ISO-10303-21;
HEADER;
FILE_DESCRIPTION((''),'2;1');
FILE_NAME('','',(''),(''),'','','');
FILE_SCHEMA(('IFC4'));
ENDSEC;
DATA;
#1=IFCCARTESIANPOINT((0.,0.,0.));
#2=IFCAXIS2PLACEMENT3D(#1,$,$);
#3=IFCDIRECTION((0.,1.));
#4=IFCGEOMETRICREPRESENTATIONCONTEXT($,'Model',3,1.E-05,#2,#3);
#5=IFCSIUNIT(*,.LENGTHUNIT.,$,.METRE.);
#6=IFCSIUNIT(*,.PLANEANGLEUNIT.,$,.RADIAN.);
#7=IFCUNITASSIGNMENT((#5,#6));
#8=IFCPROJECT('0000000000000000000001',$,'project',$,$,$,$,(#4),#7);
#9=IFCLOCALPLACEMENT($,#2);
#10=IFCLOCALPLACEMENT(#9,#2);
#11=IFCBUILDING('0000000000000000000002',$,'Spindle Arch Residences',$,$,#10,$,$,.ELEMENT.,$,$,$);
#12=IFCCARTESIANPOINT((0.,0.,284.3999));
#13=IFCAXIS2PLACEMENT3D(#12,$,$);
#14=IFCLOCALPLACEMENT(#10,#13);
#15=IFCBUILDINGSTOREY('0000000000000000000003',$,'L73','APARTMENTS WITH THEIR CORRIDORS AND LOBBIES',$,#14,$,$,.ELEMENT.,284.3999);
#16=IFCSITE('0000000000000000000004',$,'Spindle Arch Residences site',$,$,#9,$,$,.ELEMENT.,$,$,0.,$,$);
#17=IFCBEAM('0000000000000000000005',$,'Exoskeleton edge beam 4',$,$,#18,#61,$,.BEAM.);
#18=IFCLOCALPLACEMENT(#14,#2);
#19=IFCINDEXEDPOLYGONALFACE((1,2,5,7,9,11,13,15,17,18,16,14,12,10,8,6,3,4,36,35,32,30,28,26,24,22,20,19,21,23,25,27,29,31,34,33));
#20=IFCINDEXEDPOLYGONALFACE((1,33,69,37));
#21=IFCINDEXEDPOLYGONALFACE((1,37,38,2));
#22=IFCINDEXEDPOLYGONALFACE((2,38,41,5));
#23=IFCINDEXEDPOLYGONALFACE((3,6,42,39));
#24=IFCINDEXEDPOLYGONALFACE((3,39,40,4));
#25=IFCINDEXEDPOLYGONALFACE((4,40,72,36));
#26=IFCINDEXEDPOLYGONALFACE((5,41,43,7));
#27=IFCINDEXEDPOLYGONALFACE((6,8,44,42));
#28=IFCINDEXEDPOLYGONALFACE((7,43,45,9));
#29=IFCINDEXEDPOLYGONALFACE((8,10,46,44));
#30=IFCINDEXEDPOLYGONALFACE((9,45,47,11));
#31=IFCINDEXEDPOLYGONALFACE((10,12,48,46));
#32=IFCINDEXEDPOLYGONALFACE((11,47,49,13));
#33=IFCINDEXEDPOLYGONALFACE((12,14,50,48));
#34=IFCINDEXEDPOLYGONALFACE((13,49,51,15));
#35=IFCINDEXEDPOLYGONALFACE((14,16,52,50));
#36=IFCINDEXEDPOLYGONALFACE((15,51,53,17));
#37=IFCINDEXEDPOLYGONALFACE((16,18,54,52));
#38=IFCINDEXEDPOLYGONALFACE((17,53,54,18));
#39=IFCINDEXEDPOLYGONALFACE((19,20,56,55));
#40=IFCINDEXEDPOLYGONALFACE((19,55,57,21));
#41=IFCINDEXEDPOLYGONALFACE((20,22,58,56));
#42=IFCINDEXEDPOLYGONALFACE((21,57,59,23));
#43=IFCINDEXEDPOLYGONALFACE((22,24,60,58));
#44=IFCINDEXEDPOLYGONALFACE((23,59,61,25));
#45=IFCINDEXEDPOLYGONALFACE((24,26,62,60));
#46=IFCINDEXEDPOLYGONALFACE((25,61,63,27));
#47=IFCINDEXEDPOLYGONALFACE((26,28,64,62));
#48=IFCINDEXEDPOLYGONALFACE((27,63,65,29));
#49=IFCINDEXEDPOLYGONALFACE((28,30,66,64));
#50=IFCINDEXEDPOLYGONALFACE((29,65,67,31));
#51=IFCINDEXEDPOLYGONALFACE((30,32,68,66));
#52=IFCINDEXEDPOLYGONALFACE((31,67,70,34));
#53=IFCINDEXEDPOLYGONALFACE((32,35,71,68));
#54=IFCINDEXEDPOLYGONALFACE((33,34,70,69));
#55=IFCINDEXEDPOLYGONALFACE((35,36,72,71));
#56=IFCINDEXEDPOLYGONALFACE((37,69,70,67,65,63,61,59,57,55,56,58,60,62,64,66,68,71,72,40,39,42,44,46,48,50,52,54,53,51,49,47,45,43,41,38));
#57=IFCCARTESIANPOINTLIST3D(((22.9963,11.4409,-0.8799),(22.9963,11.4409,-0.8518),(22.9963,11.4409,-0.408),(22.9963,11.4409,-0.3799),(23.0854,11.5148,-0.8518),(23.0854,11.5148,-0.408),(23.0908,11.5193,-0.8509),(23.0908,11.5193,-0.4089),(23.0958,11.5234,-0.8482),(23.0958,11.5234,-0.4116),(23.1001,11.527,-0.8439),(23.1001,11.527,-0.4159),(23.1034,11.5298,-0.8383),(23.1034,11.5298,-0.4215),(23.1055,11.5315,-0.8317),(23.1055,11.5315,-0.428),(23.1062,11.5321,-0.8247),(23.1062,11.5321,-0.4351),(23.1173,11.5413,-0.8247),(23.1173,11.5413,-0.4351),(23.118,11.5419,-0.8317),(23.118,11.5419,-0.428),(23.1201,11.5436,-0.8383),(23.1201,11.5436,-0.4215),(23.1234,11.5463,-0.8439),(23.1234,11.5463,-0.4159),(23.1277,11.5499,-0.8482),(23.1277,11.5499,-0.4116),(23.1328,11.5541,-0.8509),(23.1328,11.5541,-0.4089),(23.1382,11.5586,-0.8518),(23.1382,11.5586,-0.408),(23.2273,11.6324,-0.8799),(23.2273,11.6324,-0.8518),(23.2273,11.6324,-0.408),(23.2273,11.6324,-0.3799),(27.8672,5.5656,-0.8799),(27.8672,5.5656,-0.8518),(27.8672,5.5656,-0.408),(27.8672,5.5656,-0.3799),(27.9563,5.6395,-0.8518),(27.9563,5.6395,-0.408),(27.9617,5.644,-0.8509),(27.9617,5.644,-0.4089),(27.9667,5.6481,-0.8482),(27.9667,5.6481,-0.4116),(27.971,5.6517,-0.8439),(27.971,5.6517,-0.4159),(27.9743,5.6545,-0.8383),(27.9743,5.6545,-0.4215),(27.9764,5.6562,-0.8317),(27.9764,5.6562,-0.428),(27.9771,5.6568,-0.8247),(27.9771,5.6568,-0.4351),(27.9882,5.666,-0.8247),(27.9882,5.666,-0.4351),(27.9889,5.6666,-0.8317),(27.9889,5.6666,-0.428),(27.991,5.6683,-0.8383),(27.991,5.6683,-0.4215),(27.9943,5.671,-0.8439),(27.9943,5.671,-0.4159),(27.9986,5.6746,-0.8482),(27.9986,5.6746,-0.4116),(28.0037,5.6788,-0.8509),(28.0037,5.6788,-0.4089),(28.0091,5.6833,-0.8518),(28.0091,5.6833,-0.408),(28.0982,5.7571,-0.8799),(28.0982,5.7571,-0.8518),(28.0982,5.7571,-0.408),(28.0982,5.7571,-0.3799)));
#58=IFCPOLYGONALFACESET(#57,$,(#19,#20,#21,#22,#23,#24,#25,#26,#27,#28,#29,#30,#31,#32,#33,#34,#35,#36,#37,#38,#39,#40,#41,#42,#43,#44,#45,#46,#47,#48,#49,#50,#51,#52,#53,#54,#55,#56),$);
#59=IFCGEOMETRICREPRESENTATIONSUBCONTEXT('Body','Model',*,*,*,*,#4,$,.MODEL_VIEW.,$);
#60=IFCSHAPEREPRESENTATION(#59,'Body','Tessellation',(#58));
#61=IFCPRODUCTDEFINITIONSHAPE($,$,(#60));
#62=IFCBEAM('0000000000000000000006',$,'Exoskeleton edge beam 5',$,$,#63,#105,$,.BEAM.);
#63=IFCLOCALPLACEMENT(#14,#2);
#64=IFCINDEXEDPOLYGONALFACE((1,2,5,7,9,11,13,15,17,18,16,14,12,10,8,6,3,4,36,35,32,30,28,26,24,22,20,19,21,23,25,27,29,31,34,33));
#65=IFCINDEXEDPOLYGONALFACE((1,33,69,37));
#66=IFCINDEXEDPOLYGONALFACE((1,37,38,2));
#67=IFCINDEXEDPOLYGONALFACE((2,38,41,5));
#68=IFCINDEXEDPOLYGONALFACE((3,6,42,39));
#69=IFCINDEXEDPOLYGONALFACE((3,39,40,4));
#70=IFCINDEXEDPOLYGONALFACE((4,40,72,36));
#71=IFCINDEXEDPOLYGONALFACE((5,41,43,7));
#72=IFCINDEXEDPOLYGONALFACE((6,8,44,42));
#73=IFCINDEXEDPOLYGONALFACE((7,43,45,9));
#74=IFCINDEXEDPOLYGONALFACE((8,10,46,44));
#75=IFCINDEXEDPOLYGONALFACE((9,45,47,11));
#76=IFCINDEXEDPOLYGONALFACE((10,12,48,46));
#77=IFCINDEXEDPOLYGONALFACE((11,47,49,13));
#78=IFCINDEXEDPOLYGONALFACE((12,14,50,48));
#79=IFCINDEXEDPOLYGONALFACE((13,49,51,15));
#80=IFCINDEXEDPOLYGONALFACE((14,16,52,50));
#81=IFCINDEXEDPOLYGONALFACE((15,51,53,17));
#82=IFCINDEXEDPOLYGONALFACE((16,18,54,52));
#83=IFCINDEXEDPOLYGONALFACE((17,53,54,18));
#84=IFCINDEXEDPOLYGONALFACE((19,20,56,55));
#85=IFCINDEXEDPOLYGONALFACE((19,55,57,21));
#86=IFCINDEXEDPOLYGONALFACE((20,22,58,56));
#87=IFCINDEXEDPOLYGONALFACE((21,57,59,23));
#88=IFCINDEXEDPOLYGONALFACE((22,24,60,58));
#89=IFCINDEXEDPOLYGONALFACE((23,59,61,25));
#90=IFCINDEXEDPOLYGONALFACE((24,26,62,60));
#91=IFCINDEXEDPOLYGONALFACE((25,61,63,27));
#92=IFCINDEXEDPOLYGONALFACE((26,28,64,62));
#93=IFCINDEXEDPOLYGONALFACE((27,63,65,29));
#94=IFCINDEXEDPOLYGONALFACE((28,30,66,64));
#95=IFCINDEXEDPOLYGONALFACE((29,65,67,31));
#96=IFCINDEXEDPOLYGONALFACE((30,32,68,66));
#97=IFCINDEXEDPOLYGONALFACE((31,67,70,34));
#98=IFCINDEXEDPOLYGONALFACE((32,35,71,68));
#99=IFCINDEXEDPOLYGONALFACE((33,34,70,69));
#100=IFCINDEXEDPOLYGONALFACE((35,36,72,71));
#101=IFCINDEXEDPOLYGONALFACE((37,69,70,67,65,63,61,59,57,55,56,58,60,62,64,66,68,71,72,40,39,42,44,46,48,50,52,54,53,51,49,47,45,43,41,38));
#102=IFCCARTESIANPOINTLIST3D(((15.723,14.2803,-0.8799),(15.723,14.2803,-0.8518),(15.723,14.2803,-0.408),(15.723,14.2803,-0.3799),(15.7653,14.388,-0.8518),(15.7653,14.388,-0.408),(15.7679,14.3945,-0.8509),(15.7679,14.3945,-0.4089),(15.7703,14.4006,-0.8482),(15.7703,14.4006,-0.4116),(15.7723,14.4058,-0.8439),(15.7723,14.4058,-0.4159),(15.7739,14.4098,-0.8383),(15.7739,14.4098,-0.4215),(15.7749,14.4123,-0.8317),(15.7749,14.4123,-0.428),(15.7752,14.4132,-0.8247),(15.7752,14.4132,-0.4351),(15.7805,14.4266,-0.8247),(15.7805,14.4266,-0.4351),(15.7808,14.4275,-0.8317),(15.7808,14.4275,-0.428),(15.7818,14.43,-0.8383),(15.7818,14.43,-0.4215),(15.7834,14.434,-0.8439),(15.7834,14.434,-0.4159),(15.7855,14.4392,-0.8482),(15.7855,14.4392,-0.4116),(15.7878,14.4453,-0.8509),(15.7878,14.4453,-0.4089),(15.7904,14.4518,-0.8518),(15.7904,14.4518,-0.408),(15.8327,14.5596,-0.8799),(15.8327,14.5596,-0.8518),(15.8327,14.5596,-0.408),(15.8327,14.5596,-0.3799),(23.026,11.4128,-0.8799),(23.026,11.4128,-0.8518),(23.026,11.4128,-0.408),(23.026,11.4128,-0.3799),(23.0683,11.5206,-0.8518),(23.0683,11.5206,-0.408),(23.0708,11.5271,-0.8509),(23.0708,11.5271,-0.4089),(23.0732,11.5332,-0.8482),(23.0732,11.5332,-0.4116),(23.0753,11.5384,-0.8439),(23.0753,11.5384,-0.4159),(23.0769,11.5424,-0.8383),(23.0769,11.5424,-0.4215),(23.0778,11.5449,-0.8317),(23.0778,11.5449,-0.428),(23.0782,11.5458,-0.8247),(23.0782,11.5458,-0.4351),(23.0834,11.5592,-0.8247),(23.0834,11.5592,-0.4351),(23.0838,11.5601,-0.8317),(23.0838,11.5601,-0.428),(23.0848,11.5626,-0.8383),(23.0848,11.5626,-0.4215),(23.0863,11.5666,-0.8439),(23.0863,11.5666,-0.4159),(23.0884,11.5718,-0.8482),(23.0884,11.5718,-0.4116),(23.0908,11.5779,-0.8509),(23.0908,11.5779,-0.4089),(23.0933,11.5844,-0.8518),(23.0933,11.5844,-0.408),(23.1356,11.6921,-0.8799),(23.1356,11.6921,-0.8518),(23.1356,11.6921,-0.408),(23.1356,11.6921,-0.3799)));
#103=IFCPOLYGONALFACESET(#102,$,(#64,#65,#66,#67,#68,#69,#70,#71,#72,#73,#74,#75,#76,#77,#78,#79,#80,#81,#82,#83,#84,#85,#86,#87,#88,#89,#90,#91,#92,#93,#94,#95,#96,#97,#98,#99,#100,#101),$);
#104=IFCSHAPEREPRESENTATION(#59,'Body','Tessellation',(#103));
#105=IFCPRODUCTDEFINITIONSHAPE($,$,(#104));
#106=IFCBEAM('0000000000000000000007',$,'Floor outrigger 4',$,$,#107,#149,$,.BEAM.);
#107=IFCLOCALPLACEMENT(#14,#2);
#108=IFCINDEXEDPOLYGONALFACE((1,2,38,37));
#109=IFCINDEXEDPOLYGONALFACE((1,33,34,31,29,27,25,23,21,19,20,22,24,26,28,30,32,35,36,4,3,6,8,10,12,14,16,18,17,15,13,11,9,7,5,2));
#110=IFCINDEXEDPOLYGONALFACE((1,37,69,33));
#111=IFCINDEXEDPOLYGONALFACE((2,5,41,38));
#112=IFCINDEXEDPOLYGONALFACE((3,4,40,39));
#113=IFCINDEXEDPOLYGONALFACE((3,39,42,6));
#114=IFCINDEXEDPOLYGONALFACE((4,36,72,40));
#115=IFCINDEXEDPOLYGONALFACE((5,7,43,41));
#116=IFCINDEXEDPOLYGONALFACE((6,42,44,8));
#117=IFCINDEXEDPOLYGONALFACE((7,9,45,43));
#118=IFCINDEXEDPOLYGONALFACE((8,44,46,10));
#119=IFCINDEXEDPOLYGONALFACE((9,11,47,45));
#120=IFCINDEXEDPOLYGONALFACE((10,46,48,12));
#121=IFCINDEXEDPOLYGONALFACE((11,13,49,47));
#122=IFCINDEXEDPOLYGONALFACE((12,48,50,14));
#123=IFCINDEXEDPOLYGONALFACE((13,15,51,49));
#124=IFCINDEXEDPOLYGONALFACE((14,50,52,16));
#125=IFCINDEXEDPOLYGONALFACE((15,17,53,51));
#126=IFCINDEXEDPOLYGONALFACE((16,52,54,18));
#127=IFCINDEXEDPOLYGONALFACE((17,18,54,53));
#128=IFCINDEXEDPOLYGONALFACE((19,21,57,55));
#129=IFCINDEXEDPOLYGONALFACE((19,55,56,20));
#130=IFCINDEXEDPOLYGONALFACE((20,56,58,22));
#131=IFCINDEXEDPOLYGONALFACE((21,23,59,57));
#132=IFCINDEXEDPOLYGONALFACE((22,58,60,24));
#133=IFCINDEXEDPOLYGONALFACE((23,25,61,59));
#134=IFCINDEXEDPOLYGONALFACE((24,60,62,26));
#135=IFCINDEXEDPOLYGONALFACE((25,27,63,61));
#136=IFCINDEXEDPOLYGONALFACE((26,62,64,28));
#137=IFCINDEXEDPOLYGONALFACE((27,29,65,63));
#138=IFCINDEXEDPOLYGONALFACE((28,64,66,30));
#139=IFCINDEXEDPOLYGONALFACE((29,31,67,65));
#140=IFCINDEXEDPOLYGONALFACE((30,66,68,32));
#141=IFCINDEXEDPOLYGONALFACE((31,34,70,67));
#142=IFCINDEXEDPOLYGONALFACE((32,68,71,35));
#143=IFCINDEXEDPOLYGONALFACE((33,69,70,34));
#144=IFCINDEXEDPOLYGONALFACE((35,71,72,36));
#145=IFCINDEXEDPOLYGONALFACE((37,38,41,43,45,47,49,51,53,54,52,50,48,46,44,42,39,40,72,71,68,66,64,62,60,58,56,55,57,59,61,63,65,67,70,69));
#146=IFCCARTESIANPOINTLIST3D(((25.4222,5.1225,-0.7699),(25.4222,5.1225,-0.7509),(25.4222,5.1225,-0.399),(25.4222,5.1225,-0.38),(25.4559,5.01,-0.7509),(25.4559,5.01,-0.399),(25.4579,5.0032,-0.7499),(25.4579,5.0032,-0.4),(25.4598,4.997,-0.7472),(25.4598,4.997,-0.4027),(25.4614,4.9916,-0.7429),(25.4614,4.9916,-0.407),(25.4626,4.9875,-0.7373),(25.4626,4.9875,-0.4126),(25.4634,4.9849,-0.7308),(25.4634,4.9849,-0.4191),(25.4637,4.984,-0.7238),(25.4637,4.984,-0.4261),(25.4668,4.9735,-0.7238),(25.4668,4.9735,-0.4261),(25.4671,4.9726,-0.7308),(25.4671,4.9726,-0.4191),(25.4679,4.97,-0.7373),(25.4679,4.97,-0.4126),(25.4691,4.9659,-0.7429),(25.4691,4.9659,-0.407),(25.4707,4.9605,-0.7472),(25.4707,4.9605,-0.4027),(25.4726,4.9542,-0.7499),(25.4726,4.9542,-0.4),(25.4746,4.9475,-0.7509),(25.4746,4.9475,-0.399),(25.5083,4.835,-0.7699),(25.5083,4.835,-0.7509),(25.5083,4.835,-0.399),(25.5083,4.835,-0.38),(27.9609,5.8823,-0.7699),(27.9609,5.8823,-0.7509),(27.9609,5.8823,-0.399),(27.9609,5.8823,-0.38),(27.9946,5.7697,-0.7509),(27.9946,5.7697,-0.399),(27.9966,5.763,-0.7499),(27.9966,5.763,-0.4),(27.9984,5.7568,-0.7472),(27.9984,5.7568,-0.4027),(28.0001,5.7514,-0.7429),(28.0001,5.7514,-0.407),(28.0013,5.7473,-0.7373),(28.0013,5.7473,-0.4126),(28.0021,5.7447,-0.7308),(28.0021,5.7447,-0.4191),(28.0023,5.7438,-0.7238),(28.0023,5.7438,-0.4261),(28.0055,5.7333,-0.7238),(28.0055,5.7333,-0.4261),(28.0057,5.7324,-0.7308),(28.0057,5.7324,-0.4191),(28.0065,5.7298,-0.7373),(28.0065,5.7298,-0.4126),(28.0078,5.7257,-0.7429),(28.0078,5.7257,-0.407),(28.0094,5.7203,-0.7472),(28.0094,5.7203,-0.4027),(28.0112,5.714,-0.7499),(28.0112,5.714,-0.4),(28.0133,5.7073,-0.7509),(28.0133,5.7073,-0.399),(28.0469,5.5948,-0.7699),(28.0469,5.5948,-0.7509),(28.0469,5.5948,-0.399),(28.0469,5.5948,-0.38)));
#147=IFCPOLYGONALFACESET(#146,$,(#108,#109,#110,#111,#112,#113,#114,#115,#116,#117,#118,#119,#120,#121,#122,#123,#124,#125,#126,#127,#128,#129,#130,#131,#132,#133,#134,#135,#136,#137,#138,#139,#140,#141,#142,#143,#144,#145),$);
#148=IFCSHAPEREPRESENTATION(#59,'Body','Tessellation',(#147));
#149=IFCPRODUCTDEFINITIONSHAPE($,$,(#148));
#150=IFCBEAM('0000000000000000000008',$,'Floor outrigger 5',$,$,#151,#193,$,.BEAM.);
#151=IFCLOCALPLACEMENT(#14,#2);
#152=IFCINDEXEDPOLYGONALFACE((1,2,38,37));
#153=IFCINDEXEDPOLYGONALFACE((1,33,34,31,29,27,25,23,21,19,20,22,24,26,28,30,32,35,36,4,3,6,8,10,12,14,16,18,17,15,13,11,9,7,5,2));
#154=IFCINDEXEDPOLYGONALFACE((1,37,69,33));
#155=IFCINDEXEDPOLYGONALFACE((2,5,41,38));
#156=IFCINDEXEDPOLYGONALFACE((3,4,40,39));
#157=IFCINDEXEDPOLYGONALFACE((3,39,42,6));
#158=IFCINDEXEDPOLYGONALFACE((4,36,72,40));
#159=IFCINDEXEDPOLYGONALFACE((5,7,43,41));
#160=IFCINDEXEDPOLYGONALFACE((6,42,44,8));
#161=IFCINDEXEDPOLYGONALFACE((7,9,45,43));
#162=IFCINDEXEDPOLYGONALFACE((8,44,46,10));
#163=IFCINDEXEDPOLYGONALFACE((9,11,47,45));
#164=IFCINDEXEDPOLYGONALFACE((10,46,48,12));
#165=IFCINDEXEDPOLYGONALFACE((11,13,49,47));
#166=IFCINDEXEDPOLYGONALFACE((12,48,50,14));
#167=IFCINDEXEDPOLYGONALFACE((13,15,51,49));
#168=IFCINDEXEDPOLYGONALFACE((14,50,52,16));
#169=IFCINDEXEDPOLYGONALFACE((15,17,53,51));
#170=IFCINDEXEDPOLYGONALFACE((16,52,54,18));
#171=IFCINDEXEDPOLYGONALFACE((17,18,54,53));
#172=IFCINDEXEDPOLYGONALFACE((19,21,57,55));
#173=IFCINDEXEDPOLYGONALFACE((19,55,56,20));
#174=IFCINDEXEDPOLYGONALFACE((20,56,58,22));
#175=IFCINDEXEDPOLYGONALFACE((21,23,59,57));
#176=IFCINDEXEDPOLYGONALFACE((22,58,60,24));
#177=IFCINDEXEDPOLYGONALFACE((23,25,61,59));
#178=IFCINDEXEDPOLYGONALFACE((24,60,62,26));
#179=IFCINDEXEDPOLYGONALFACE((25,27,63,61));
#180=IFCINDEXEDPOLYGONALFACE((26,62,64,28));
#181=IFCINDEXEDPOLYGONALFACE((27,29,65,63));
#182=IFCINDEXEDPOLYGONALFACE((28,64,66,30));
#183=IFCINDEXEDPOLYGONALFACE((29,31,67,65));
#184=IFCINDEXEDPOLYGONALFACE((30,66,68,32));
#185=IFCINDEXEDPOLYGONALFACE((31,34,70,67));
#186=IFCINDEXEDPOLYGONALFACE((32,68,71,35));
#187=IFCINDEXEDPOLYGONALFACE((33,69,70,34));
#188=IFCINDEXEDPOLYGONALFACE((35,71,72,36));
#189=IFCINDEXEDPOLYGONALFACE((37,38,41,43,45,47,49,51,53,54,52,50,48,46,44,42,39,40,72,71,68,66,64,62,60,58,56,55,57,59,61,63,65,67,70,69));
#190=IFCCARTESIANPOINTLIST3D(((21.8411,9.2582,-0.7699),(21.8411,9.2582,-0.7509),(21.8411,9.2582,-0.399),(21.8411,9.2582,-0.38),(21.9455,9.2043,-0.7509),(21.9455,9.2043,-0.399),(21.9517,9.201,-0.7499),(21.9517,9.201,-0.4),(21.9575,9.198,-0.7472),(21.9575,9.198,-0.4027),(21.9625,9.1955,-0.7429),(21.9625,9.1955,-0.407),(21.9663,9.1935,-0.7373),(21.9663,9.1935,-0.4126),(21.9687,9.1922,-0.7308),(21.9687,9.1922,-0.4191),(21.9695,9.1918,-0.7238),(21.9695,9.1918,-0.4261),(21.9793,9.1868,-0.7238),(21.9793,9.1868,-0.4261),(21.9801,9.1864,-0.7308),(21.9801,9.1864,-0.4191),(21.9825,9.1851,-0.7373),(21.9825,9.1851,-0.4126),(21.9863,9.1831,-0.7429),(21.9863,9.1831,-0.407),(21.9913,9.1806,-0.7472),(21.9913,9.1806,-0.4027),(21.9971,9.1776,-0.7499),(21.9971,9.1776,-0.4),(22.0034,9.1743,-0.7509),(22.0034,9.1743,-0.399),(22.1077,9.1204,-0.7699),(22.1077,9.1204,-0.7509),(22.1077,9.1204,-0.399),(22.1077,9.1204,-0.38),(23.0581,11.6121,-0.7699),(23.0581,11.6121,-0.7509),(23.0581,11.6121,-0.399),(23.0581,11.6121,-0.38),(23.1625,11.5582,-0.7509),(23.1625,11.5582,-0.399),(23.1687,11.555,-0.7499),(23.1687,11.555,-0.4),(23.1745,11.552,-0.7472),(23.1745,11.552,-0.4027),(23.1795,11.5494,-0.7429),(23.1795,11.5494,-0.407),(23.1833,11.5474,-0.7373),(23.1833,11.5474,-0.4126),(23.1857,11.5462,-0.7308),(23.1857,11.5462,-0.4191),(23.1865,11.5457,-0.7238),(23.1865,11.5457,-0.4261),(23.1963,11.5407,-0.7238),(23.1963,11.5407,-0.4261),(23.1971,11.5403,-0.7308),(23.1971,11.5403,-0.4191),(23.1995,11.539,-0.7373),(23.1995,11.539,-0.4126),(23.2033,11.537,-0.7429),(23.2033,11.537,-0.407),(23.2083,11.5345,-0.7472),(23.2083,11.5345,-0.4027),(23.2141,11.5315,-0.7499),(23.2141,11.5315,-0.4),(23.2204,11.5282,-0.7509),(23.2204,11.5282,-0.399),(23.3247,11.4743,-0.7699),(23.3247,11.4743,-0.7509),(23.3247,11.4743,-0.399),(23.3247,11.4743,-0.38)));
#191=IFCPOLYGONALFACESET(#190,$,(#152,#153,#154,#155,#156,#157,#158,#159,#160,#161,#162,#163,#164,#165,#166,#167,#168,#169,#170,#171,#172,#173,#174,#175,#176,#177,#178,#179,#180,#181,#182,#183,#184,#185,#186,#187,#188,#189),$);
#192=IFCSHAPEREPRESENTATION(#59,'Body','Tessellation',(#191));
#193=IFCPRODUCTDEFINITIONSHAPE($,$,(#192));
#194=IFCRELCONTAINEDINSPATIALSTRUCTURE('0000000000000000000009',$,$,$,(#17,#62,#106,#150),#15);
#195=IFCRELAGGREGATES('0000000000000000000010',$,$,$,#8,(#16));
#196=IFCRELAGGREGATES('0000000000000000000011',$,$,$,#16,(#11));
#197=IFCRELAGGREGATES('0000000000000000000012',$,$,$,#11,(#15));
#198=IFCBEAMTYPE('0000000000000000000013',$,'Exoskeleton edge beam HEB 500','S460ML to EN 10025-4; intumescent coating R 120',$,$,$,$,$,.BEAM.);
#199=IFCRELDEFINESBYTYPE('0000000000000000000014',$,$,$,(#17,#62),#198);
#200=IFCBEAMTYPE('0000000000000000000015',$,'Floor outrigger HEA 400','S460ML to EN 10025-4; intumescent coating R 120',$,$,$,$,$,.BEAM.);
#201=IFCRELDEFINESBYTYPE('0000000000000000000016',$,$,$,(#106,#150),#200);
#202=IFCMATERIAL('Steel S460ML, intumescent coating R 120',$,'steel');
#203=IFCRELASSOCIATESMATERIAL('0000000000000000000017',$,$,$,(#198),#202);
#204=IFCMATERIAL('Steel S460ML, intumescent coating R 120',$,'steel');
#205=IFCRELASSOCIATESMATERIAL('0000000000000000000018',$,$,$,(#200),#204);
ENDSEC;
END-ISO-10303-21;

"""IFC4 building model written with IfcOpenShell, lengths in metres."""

from ifc_helpers import new_model, si_unit, direction, frame, origin, origin_2d, place, context, subcontext, project, spatial, i_section, extrude, material, material_profile, profile_set, type_object, element, save


model = new_model("IFC4")

# Units and contexts
model_context = context("Model", 3, precision=1e-05, world=origin(), true_north=direction((0.0, 1.0)))
body_context = subcontext(model_context, "Body", "Model", "MODEL_VIEW")
ifc_project = project(units=[si_unit("LENGTHUNIT", "METRE"), si_unit("PLANEANGLEUNIT", "RADIAN")], contexts=[model_context])

# Site, building, storey
site_placement = place(None, origin())
site = spatial("IfcSite", under=ifc_project, at=site_placement, Name="Spindle Arch Residences site", CompositionType="ELEMENT", RefElevation=0.0)
building_placement = place(site_placement, origin())
building = spatial("IfcBuilding", under=site, at=building_placement, Name="Spindle Arch Residences", CompositionType="ELEMENT")
storey_placement = place(building_placement, frame((0.0, 0.0, 284.3999)))
storey = spatial("IfcBuildingStorey", under=building, at=storey_placement, Name="L73", Description="APARTMENTS WITH THEIR CORRIDORS AND LOBBIES", CompositionType="ELEMENT", Elevation=284.3999)

# Beams
ifc_material_1 = material(Name="Steel S460ML, intumescent coating R 120", Category="steel")
ifc_material_profile_1 = material_profile(ifc_material_1, i_section(OverallWidth=0.3, OverallDepth=0.5, WebThickness=0.0144, FlangeThickness=0.0281, FilletRadius=0.0271, at=origin_2d()), Name="HEB 500")
ifc_profile_set_1 = profile_set([ifc_material_profile_1], Name="Steel S460ML, intumescent coating R 120")
beam_type_1 = type_object("IfcBeamType", Name="Exoskeleton edge beam HEB 500", Description="S460ML to EN 10025-4; intumescent coating R 120", PredefinedType="BEAM", material=ifc_profile_set_1)
beam_1_placement = place(storey_placement, frame((27.9827, 5.6614, -0.6299), z_axis=(-0.638235, 0.769842, 0.0), x_axis=(-0.769842, -0.638235, 0.0)))
element("IfcBeam", 1, at=beam_1_placement, inside=storey, type_object=beam_type_1, Name="Exoskeleton edge beam 4", PredefinedType="BEAM", context=body_context, shape_type="SweptSolid", body=[
    extrude(i_section(OverallWidth=0.3, OverallDepth=0.5, WebThickness=0.0144, FlangeThickness=0.0281, FilletRadius=0.0271, at=origin_2d()), origin(), (0.0, 0.0, 1.0), 7.6318),
])
beam_2_placement = place(storey_placement, frame((23.0808, 11.5525, -0.6299), z_axis=(-0.930821, 0.365476, 0.0), x_axis=(-0.365476, -0.930821, 0.0)))
element("IfcBeam", 2, at=beam_2_placement, inside=storey, type_object=beam_type_1, Name="Exoskeleton edge beam 5", PredefinedType="BEAM", context=body_context, shape_type="SweptSolid", body=[
    extrude(i_section(OverallWidth=0.3, OverallDepth=0.5, WebThickness=0.0144, FlangeThickness=0.0281, FilletRadius=0.0271, at=origin_2d()), origin(), (0.0, 0.0, 1.0), 7.8457),
])
ifc_material_2 = material(Name="Steel S460ML, intumescent coating R 120", Category="steel")
ifc_material_profile_2 = material_profile(ifc_material_2, i_section(OverallWidth=0.3, OverallDepth=0.3899, WebThickness=0.011, FlangeThickness=0.019, FilletRadius=0.0271, at=origin_2d()), Name="HEA 400")
ifc_profile_set_2 = profile_set([ifc_material_profile_2], Name="Steel S460ML, intumescent coating R 120")
beam_type_2 = type_object("IfcBeamType", Name="Floor outrigger HEA 400", Description="S460ML to EN 10025-4; intumescent coating R 120", PredefinedType="BEAM", material=ifc_profile_set_2)
for number, where, z_axis, x_axis, name in (
    (3, (28.0039, 5.7385, -0.575), (-0.958014, -0.286722, 0.0), (0.286722, -0.958014, 0.0), "Floor outrigger 4"),
    (4, (23.1914, 11.5432, -0.575), (-0.45926, -0.888302, 0.0), (0.888302, -0.45926, 0.0), "Floor outrigger 5"),
):
    element("IfcBeam", number, at=place(storey_placement, frame(where, z_axis=z_axis, x_axis=x_axis)), inside=storey, type_object=beam_type_2, Name=name, PredefinedType="BEAM", context=body_context, shape_type="SweptSolid", body=[
        extrude(i_section(OverallWidth=0.3, OverallDepth=0.3899, WebThickness=0.011, FlangeThickness=0.019, FilletRadius=0.0271, at=origin_2d()), origin(), (0.0, 0.0, 1.0), 2.6499),
    ])

save(model, "model.ifc")
